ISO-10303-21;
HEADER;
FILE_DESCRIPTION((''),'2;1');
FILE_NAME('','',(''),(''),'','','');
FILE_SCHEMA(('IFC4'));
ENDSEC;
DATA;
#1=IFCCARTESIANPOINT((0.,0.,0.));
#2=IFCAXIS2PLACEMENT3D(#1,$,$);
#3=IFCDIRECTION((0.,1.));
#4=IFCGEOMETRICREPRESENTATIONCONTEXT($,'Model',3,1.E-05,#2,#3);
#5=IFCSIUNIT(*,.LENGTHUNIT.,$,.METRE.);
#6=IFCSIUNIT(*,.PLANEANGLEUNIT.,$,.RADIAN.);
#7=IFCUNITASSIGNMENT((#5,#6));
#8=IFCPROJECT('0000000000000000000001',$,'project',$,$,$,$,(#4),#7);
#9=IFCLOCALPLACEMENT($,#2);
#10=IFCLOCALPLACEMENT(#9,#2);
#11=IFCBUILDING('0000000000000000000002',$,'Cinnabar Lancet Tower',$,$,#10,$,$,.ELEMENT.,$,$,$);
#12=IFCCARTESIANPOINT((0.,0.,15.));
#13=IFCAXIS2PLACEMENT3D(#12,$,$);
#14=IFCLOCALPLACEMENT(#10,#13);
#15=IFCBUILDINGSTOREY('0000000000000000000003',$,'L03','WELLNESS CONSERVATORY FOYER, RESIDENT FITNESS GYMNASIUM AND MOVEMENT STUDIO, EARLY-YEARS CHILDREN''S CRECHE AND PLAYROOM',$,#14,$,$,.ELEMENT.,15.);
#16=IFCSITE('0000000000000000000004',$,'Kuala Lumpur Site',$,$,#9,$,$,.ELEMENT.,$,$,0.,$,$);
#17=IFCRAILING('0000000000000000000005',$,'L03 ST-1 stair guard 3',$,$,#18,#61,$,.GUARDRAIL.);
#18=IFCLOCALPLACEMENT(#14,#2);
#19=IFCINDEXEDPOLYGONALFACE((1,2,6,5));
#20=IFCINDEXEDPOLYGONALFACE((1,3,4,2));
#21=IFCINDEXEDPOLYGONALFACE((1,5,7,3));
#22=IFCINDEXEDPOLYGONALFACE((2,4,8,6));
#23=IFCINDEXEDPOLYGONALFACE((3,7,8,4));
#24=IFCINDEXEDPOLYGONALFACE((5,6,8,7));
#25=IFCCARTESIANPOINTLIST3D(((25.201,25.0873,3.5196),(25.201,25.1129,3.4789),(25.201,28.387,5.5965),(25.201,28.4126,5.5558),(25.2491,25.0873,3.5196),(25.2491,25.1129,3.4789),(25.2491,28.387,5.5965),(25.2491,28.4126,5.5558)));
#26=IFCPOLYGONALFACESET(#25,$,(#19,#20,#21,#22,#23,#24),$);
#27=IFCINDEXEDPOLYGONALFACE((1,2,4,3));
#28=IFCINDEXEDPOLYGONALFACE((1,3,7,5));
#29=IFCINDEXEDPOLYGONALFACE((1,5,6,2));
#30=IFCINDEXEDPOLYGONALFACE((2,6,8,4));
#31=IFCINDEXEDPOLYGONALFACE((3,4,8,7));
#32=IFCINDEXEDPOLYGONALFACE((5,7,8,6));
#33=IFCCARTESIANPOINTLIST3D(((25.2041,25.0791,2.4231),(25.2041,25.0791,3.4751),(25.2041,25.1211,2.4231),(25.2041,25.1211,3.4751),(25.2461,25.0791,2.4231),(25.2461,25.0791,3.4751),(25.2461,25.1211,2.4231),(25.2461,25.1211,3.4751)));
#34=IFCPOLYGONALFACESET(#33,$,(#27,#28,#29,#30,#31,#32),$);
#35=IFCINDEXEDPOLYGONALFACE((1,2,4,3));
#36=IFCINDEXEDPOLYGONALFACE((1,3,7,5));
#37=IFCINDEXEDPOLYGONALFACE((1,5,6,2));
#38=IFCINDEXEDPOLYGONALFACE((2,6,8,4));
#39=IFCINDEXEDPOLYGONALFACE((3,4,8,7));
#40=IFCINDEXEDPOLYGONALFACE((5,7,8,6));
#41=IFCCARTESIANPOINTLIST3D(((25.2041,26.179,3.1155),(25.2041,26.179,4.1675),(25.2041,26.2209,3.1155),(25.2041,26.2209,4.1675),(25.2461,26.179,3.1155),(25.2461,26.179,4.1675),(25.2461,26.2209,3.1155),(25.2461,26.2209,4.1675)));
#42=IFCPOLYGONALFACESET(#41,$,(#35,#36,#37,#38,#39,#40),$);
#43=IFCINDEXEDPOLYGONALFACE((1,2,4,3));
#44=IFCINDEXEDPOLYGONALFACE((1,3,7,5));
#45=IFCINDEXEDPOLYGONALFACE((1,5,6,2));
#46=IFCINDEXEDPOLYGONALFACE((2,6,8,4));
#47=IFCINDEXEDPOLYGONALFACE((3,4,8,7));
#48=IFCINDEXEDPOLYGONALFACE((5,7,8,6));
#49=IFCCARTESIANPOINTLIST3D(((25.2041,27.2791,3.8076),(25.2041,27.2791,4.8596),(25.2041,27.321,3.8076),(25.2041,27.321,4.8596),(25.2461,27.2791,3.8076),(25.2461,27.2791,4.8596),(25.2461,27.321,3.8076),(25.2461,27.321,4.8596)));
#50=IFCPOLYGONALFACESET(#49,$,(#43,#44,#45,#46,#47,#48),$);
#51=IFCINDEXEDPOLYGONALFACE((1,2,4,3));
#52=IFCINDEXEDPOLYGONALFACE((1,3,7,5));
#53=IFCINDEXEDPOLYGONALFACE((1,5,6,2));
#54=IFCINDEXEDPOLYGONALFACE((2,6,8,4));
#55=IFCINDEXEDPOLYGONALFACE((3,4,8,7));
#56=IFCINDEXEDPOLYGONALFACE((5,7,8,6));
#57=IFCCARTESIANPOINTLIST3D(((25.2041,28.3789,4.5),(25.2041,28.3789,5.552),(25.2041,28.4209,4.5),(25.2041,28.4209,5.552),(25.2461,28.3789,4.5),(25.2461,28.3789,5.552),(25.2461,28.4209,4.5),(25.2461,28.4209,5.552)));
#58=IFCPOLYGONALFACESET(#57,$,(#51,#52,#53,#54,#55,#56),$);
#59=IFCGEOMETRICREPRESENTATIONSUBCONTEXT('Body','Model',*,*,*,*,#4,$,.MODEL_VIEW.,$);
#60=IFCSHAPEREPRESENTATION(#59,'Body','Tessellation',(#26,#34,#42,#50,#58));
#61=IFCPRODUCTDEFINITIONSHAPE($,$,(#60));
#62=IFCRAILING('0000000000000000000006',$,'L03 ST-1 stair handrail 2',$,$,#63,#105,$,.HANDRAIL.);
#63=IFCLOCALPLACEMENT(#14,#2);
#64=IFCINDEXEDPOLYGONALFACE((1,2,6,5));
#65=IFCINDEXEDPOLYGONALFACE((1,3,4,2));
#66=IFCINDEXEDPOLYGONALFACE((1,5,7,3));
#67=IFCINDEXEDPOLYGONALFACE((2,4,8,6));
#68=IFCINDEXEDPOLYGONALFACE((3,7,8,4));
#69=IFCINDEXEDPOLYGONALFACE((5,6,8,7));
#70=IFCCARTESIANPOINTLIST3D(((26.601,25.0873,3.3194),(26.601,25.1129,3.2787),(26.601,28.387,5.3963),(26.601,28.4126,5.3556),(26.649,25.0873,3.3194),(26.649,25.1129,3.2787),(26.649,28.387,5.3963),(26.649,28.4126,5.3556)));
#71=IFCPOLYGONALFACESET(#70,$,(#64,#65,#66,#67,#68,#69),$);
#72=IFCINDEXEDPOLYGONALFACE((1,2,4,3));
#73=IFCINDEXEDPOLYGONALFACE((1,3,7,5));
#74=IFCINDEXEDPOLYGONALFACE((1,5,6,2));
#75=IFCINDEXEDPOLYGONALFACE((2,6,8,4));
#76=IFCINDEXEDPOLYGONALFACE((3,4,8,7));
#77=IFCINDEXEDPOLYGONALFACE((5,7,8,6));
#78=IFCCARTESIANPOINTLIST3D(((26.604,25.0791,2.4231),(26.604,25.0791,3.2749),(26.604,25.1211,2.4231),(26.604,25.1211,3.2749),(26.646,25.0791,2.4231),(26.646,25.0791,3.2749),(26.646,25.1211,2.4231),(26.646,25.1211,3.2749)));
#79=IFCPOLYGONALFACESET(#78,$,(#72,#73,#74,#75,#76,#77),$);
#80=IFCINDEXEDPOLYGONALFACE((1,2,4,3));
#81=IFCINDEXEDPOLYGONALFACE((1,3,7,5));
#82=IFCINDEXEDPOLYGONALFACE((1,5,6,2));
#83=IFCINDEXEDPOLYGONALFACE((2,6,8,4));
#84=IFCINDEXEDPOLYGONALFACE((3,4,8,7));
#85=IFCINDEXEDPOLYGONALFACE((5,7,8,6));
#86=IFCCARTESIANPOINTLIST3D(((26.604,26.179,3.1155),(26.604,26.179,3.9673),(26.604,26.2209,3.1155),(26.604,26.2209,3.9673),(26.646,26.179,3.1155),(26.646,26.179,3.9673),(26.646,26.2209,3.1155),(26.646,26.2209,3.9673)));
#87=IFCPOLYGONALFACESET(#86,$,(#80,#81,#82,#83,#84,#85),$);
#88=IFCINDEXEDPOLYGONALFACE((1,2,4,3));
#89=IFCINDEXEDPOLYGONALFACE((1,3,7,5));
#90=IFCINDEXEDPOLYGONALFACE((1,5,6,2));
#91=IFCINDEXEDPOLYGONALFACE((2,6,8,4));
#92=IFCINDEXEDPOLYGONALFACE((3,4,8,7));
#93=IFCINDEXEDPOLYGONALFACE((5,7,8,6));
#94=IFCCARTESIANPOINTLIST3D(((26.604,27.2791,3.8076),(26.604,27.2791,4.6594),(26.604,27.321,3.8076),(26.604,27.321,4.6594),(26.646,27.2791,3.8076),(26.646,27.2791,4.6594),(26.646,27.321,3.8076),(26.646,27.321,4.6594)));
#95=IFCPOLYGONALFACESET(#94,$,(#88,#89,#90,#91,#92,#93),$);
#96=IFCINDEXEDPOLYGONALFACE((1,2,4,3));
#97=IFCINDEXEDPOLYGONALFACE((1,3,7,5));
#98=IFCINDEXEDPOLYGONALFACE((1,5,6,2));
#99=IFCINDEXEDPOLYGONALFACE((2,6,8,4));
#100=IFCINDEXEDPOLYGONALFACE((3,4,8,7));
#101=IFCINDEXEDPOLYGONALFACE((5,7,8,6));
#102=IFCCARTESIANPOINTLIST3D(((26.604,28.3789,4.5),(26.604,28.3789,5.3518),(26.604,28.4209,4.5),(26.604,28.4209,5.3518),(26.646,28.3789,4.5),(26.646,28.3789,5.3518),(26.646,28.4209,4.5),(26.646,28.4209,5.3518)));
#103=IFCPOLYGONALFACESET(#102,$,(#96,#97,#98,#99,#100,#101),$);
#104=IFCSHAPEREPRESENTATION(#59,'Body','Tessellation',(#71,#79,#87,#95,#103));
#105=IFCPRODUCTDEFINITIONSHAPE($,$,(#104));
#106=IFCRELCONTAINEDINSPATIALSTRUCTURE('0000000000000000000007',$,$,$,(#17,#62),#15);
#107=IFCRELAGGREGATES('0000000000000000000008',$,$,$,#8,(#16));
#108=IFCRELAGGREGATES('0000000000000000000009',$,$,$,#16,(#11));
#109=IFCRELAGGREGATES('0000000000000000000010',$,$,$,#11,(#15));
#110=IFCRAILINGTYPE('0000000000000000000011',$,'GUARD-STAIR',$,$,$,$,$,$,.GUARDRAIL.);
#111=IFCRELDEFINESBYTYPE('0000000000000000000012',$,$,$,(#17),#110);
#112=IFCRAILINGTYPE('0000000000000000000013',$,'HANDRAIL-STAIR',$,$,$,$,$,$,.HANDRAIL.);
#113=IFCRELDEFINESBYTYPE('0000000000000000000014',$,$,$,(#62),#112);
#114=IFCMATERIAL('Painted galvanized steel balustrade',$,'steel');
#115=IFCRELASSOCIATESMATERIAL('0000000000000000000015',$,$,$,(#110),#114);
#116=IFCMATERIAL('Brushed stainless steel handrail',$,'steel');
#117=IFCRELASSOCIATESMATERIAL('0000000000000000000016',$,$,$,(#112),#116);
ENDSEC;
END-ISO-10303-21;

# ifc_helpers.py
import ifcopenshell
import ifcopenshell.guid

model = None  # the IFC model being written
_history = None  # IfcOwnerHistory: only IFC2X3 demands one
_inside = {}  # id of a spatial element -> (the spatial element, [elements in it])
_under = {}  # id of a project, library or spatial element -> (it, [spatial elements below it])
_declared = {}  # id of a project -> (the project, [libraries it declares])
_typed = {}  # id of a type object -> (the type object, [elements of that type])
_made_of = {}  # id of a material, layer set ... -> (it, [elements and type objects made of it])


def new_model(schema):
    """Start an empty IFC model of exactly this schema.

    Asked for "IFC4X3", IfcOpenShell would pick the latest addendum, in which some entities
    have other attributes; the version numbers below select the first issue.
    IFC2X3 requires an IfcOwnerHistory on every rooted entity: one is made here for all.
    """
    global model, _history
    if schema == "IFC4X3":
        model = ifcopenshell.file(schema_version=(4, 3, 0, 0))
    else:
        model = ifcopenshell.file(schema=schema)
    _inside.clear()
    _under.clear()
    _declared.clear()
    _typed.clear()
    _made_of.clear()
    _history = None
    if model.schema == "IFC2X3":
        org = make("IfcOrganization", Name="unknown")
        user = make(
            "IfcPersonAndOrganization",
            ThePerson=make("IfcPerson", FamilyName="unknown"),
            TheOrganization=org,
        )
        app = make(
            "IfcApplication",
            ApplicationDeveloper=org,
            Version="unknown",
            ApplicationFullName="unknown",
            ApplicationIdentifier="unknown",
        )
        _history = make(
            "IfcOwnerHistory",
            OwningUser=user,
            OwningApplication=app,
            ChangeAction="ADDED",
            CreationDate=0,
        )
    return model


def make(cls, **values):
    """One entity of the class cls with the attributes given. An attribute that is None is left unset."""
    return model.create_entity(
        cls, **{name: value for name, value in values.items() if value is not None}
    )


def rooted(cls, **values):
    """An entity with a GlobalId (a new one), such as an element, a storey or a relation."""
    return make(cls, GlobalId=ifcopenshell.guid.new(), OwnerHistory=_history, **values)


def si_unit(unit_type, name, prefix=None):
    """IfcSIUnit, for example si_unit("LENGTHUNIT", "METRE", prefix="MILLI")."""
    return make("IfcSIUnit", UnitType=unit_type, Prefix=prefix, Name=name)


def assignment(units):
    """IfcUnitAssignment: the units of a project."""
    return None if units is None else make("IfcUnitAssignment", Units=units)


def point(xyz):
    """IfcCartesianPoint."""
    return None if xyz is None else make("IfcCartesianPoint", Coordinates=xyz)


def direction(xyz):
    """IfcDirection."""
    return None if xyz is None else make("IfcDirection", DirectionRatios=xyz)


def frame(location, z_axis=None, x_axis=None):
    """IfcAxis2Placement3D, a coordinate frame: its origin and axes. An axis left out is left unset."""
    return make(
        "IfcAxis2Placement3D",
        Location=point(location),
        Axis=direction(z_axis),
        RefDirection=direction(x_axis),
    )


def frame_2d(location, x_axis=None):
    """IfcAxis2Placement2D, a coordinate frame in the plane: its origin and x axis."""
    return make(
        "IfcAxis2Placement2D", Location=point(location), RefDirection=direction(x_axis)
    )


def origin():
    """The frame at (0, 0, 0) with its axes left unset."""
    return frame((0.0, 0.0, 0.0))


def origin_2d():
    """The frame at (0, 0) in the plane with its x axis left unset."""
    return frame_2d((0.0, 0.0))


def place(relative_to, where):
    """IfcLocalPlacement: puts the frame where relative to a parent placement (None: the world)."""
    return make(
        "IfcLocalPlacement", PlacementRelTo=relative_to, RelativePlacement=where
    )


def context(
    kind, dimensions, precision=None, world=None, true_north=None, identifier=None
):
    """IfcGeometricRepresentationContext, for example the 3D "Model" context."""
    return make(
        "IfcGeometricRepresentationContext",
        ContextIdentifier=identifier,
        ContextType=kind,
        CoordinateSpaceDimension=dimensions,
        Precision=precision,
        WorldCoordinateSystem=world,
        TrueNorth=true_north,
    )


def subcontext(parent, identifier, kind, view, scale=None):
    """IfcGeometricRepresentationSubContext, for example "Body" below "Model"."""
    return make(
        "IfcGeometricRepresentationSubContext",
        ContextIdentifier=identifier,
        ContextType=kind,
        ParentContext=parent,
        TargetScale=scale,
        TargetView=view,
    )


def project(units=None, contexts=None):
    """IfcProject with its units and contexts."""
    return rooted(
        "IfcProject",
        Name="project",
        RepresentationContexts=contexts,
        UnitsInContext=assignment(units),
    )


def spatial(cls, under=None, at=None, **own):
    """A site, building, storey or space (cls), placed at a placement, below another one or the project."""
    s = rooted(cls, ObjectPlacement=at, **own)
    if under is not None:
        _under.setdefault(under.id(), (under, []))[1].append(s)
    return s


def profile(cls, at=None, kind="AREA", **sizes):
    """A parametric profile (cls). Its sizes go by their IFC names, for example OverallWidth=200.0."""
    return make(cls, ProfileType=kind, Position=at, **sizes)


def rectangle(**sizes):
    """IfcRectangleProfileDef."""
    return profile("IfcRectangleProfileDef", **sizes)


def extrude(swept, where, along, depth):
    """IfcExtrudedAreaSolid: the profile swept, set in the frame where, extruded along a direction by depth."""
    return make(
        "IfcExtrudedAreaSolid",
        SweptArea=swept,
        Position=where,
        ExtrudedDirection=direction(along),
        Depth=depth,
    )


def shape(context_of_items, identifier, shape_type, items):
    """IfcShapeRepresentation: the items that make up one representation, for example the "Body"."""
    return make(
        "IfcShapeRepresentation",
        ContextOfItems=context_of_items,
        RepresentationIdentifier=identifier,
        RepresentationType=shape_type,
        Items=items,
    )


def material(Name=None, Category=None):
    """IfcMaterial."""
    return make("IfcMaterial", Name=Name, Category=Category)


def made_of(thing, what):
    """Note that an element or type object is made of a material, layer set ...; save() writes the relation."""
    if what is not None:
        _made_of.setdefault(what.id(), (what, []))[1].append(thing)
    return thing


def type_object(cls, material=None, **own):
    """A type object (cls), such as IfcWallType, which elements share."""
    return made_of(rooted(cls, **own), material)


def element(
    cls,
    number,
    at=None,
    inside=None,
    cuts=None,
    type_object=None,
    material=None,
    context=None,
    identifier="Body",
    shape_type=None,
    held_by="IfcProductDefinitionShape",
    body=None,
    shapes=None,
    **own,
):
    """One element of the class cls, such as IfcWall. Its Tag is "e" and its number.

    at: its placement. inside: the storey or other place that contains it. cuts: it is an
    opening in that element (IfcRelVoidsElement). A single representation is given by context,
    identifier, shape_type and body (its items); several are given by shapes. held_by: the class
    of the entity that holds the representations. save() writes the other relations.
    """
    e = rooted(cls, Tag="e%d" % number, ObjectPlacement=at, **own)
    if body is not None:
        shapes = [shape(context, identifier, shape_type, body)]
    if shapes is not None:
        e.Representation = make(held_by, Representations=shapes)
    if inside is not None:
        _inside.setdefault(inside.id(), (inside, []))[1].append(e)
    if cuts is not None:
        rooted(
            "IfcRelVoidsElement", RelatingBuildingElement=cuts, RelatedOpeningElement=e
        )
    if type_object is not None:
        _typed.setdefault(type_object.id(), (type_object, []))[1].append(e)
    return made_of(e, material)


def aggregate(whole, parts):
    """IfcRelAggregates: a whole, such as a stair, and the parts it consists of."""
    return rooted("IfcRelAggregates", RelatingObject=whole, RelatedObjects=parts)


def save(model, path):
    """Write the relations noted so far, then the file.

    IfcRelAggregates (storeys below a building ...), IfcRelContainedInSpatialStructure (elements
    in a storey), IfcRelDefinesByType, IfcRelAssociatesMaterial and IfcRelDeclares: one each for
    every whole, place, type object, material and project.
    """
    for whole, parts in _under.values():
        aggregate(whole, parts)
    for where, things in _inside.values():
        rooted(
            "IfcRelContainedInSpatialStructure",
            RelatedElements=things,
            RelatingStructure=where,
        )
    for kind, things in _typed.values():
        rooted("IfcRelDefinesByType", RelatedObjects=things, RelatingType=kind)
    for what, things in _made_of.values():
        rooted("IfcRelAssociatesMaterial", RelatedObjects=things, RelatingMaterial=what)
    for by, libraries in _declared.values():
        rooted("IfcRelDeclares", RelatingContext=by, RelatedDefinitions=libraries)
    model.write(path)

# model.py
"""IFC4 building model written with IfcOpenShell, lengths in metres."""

from ifc_helpers import new_model, si_unit, direction, frame, origin, origin_2d, place, context, subcontext, project, spatial, rectangle, extrude, material, type_object, element, save


model = new_model("IFC4")

# Units and contexts
model_context = context("Model", 3, precision=1e-05, world=origin(), true_north=direction((0.0, 1.0)))
body_context = subcontext(model_context, "Body", "Model", "MODEL_VIEW")
ifc_project = project(units=[si_unit("LENGTHUNIT", "METRE"), si_unit("PLANEANGLEUNIT", "RADIAN")], contexts=[model_context])

# Site, building, storey
site_placement = place(None, origin())
site = spatial("IfcSite", under=ifc_project, at=site_placement, Name="Kuala Lumpur Site", CompositionType="ELEMENT", RefElevation=0.0)
building_placement = place(site_placement, origin())
building = spatial("IfcBuilding", under=site, at=building_placement, Name="Cinnabar Lancet Tower", CompositionType="ELEMENT")
storey_placement = place(building_placement, frame((0.0, 0.0, 15.0)))
storey = spatial("IfcBuildingStorey", under=building, at=storey_placement, Name="L03", Description="WELLNESS CONSERVATORY FOYER, RESIDENT FITNESS GYMNASIUM AND MOVEMENT STUDIO, EARLY-YEARS CHILDREN'S CRECHE AND PLAYROOM", CompositionType="ELEMENT", Elevation=15.0)

# Railings
ifc_material_1 = material(Name="Painted galvanized steel balustrade", Category="steel")
railing_type_1 = type_object("IfcRailingType", Name="GUARD-STAIR", PredefinedType="GUARDRAIL", material=ifc_material_1)
railing_1_placement = place(storey_placement, frame((25.2251, 25.1001, 2.4231)))
element("IfcRailing", 1, at=railing_1_placement, inside=storey, type_object=railing_type_1, Name="L03 ST-1 stair guard 3", PredefinedType="GUARDRAIL", context=body_context, shape_type="SweptSolid", body=[
    extrude(rectangle(XDim=0.0481, YDim=0.0481, at=origin_2d()), frame((0.0, 0.0, 1.0762), z_axis=(0.0, 0.84632, 0.532675), x_axis=(-1.0, 0.0, 0.0)), (0.0, 0.0, 1.0), 3.8989),
    extrude(rectangle(XDim=0.042, YDim=0.042, at=origin_2d()), origin(), (0.0, 0.0, 1.0), 1.052),
    extrude(rectangle(XDim=0.042, YDim=0.042, at=origin_2d()), frame((0.0, 1.0999, 0.6924)), (0.0, 0.0, 1.0), 1.052),
    extrude(rectangle(XDim=0.042, YDim=0.042, at=origin_2d()), frame((0.0, 2.2, 1.3845)), (0.0, 0.0, 1.0), 1.052),
    extrude(rectangle(XDim=0.042, YDim=0.042, at=origin_2d()), frame((0.0, 3.2998, 2.0769)), (0.0, 0.0, 1.0), 1.052),
])
ifc_material_2 = material(Name="Brushed stainless steel handrail", Category="steel")
railing_type_2 = type_object("IfcRailingType", Name="HANDRAIL-STAIR", PredefinedType="HANDRAIL", material=ifc_material_2)
railing_2_placement = place(storey_placement, frame((26.625, 25.1001, 2.4231)))
element("IfcRailing", 2, at=railing_2_placement, inside=storey, type_object=railing_type_2, Name="L03 ST-1 stair handrail 2", PredefinedType="HANDRAIL", context=body_context, shape_type="SweptSolid", body=[
    extrude(rectangle(XDim=0.0481, YDim=0.0481, at=origin_2d()), frame((0.0, 0.0, 0.876), z_axis=(0.0, 0.84632, 0.532675), x_axis=(-1.0, 0.0, 0.0)), (0.0, 0.0, 1.0), 3.8989),
    extrude(rectangle(XDim=0.042, YDim=0.042, at=origin_2d()), origin(), (0.0, 0.0, 1.0), 0.8518),
    extrude(rectangle(XDim=0.042, YDim=0.042, at=origin_2d()), frame((0.0, 1.0999, 0.6924)), (0.0, 0.0, 1.0), 0.8518),
    extrude(rectangle(XDim=0.042, YDim=0.042, at=origin_2d()), frame((0.0, 2.2, 1.3845)), (0.0, 0.0, 1.0), 0.8518),
    extrude(rectangle(XDim=0.042, YDim=0.042, at=origin_2d()), frame((0.0, 3.2998, 2.0769)), (0.0, 0.0, 1.0), 0.8518),
])

save(model, "model.ifc")
